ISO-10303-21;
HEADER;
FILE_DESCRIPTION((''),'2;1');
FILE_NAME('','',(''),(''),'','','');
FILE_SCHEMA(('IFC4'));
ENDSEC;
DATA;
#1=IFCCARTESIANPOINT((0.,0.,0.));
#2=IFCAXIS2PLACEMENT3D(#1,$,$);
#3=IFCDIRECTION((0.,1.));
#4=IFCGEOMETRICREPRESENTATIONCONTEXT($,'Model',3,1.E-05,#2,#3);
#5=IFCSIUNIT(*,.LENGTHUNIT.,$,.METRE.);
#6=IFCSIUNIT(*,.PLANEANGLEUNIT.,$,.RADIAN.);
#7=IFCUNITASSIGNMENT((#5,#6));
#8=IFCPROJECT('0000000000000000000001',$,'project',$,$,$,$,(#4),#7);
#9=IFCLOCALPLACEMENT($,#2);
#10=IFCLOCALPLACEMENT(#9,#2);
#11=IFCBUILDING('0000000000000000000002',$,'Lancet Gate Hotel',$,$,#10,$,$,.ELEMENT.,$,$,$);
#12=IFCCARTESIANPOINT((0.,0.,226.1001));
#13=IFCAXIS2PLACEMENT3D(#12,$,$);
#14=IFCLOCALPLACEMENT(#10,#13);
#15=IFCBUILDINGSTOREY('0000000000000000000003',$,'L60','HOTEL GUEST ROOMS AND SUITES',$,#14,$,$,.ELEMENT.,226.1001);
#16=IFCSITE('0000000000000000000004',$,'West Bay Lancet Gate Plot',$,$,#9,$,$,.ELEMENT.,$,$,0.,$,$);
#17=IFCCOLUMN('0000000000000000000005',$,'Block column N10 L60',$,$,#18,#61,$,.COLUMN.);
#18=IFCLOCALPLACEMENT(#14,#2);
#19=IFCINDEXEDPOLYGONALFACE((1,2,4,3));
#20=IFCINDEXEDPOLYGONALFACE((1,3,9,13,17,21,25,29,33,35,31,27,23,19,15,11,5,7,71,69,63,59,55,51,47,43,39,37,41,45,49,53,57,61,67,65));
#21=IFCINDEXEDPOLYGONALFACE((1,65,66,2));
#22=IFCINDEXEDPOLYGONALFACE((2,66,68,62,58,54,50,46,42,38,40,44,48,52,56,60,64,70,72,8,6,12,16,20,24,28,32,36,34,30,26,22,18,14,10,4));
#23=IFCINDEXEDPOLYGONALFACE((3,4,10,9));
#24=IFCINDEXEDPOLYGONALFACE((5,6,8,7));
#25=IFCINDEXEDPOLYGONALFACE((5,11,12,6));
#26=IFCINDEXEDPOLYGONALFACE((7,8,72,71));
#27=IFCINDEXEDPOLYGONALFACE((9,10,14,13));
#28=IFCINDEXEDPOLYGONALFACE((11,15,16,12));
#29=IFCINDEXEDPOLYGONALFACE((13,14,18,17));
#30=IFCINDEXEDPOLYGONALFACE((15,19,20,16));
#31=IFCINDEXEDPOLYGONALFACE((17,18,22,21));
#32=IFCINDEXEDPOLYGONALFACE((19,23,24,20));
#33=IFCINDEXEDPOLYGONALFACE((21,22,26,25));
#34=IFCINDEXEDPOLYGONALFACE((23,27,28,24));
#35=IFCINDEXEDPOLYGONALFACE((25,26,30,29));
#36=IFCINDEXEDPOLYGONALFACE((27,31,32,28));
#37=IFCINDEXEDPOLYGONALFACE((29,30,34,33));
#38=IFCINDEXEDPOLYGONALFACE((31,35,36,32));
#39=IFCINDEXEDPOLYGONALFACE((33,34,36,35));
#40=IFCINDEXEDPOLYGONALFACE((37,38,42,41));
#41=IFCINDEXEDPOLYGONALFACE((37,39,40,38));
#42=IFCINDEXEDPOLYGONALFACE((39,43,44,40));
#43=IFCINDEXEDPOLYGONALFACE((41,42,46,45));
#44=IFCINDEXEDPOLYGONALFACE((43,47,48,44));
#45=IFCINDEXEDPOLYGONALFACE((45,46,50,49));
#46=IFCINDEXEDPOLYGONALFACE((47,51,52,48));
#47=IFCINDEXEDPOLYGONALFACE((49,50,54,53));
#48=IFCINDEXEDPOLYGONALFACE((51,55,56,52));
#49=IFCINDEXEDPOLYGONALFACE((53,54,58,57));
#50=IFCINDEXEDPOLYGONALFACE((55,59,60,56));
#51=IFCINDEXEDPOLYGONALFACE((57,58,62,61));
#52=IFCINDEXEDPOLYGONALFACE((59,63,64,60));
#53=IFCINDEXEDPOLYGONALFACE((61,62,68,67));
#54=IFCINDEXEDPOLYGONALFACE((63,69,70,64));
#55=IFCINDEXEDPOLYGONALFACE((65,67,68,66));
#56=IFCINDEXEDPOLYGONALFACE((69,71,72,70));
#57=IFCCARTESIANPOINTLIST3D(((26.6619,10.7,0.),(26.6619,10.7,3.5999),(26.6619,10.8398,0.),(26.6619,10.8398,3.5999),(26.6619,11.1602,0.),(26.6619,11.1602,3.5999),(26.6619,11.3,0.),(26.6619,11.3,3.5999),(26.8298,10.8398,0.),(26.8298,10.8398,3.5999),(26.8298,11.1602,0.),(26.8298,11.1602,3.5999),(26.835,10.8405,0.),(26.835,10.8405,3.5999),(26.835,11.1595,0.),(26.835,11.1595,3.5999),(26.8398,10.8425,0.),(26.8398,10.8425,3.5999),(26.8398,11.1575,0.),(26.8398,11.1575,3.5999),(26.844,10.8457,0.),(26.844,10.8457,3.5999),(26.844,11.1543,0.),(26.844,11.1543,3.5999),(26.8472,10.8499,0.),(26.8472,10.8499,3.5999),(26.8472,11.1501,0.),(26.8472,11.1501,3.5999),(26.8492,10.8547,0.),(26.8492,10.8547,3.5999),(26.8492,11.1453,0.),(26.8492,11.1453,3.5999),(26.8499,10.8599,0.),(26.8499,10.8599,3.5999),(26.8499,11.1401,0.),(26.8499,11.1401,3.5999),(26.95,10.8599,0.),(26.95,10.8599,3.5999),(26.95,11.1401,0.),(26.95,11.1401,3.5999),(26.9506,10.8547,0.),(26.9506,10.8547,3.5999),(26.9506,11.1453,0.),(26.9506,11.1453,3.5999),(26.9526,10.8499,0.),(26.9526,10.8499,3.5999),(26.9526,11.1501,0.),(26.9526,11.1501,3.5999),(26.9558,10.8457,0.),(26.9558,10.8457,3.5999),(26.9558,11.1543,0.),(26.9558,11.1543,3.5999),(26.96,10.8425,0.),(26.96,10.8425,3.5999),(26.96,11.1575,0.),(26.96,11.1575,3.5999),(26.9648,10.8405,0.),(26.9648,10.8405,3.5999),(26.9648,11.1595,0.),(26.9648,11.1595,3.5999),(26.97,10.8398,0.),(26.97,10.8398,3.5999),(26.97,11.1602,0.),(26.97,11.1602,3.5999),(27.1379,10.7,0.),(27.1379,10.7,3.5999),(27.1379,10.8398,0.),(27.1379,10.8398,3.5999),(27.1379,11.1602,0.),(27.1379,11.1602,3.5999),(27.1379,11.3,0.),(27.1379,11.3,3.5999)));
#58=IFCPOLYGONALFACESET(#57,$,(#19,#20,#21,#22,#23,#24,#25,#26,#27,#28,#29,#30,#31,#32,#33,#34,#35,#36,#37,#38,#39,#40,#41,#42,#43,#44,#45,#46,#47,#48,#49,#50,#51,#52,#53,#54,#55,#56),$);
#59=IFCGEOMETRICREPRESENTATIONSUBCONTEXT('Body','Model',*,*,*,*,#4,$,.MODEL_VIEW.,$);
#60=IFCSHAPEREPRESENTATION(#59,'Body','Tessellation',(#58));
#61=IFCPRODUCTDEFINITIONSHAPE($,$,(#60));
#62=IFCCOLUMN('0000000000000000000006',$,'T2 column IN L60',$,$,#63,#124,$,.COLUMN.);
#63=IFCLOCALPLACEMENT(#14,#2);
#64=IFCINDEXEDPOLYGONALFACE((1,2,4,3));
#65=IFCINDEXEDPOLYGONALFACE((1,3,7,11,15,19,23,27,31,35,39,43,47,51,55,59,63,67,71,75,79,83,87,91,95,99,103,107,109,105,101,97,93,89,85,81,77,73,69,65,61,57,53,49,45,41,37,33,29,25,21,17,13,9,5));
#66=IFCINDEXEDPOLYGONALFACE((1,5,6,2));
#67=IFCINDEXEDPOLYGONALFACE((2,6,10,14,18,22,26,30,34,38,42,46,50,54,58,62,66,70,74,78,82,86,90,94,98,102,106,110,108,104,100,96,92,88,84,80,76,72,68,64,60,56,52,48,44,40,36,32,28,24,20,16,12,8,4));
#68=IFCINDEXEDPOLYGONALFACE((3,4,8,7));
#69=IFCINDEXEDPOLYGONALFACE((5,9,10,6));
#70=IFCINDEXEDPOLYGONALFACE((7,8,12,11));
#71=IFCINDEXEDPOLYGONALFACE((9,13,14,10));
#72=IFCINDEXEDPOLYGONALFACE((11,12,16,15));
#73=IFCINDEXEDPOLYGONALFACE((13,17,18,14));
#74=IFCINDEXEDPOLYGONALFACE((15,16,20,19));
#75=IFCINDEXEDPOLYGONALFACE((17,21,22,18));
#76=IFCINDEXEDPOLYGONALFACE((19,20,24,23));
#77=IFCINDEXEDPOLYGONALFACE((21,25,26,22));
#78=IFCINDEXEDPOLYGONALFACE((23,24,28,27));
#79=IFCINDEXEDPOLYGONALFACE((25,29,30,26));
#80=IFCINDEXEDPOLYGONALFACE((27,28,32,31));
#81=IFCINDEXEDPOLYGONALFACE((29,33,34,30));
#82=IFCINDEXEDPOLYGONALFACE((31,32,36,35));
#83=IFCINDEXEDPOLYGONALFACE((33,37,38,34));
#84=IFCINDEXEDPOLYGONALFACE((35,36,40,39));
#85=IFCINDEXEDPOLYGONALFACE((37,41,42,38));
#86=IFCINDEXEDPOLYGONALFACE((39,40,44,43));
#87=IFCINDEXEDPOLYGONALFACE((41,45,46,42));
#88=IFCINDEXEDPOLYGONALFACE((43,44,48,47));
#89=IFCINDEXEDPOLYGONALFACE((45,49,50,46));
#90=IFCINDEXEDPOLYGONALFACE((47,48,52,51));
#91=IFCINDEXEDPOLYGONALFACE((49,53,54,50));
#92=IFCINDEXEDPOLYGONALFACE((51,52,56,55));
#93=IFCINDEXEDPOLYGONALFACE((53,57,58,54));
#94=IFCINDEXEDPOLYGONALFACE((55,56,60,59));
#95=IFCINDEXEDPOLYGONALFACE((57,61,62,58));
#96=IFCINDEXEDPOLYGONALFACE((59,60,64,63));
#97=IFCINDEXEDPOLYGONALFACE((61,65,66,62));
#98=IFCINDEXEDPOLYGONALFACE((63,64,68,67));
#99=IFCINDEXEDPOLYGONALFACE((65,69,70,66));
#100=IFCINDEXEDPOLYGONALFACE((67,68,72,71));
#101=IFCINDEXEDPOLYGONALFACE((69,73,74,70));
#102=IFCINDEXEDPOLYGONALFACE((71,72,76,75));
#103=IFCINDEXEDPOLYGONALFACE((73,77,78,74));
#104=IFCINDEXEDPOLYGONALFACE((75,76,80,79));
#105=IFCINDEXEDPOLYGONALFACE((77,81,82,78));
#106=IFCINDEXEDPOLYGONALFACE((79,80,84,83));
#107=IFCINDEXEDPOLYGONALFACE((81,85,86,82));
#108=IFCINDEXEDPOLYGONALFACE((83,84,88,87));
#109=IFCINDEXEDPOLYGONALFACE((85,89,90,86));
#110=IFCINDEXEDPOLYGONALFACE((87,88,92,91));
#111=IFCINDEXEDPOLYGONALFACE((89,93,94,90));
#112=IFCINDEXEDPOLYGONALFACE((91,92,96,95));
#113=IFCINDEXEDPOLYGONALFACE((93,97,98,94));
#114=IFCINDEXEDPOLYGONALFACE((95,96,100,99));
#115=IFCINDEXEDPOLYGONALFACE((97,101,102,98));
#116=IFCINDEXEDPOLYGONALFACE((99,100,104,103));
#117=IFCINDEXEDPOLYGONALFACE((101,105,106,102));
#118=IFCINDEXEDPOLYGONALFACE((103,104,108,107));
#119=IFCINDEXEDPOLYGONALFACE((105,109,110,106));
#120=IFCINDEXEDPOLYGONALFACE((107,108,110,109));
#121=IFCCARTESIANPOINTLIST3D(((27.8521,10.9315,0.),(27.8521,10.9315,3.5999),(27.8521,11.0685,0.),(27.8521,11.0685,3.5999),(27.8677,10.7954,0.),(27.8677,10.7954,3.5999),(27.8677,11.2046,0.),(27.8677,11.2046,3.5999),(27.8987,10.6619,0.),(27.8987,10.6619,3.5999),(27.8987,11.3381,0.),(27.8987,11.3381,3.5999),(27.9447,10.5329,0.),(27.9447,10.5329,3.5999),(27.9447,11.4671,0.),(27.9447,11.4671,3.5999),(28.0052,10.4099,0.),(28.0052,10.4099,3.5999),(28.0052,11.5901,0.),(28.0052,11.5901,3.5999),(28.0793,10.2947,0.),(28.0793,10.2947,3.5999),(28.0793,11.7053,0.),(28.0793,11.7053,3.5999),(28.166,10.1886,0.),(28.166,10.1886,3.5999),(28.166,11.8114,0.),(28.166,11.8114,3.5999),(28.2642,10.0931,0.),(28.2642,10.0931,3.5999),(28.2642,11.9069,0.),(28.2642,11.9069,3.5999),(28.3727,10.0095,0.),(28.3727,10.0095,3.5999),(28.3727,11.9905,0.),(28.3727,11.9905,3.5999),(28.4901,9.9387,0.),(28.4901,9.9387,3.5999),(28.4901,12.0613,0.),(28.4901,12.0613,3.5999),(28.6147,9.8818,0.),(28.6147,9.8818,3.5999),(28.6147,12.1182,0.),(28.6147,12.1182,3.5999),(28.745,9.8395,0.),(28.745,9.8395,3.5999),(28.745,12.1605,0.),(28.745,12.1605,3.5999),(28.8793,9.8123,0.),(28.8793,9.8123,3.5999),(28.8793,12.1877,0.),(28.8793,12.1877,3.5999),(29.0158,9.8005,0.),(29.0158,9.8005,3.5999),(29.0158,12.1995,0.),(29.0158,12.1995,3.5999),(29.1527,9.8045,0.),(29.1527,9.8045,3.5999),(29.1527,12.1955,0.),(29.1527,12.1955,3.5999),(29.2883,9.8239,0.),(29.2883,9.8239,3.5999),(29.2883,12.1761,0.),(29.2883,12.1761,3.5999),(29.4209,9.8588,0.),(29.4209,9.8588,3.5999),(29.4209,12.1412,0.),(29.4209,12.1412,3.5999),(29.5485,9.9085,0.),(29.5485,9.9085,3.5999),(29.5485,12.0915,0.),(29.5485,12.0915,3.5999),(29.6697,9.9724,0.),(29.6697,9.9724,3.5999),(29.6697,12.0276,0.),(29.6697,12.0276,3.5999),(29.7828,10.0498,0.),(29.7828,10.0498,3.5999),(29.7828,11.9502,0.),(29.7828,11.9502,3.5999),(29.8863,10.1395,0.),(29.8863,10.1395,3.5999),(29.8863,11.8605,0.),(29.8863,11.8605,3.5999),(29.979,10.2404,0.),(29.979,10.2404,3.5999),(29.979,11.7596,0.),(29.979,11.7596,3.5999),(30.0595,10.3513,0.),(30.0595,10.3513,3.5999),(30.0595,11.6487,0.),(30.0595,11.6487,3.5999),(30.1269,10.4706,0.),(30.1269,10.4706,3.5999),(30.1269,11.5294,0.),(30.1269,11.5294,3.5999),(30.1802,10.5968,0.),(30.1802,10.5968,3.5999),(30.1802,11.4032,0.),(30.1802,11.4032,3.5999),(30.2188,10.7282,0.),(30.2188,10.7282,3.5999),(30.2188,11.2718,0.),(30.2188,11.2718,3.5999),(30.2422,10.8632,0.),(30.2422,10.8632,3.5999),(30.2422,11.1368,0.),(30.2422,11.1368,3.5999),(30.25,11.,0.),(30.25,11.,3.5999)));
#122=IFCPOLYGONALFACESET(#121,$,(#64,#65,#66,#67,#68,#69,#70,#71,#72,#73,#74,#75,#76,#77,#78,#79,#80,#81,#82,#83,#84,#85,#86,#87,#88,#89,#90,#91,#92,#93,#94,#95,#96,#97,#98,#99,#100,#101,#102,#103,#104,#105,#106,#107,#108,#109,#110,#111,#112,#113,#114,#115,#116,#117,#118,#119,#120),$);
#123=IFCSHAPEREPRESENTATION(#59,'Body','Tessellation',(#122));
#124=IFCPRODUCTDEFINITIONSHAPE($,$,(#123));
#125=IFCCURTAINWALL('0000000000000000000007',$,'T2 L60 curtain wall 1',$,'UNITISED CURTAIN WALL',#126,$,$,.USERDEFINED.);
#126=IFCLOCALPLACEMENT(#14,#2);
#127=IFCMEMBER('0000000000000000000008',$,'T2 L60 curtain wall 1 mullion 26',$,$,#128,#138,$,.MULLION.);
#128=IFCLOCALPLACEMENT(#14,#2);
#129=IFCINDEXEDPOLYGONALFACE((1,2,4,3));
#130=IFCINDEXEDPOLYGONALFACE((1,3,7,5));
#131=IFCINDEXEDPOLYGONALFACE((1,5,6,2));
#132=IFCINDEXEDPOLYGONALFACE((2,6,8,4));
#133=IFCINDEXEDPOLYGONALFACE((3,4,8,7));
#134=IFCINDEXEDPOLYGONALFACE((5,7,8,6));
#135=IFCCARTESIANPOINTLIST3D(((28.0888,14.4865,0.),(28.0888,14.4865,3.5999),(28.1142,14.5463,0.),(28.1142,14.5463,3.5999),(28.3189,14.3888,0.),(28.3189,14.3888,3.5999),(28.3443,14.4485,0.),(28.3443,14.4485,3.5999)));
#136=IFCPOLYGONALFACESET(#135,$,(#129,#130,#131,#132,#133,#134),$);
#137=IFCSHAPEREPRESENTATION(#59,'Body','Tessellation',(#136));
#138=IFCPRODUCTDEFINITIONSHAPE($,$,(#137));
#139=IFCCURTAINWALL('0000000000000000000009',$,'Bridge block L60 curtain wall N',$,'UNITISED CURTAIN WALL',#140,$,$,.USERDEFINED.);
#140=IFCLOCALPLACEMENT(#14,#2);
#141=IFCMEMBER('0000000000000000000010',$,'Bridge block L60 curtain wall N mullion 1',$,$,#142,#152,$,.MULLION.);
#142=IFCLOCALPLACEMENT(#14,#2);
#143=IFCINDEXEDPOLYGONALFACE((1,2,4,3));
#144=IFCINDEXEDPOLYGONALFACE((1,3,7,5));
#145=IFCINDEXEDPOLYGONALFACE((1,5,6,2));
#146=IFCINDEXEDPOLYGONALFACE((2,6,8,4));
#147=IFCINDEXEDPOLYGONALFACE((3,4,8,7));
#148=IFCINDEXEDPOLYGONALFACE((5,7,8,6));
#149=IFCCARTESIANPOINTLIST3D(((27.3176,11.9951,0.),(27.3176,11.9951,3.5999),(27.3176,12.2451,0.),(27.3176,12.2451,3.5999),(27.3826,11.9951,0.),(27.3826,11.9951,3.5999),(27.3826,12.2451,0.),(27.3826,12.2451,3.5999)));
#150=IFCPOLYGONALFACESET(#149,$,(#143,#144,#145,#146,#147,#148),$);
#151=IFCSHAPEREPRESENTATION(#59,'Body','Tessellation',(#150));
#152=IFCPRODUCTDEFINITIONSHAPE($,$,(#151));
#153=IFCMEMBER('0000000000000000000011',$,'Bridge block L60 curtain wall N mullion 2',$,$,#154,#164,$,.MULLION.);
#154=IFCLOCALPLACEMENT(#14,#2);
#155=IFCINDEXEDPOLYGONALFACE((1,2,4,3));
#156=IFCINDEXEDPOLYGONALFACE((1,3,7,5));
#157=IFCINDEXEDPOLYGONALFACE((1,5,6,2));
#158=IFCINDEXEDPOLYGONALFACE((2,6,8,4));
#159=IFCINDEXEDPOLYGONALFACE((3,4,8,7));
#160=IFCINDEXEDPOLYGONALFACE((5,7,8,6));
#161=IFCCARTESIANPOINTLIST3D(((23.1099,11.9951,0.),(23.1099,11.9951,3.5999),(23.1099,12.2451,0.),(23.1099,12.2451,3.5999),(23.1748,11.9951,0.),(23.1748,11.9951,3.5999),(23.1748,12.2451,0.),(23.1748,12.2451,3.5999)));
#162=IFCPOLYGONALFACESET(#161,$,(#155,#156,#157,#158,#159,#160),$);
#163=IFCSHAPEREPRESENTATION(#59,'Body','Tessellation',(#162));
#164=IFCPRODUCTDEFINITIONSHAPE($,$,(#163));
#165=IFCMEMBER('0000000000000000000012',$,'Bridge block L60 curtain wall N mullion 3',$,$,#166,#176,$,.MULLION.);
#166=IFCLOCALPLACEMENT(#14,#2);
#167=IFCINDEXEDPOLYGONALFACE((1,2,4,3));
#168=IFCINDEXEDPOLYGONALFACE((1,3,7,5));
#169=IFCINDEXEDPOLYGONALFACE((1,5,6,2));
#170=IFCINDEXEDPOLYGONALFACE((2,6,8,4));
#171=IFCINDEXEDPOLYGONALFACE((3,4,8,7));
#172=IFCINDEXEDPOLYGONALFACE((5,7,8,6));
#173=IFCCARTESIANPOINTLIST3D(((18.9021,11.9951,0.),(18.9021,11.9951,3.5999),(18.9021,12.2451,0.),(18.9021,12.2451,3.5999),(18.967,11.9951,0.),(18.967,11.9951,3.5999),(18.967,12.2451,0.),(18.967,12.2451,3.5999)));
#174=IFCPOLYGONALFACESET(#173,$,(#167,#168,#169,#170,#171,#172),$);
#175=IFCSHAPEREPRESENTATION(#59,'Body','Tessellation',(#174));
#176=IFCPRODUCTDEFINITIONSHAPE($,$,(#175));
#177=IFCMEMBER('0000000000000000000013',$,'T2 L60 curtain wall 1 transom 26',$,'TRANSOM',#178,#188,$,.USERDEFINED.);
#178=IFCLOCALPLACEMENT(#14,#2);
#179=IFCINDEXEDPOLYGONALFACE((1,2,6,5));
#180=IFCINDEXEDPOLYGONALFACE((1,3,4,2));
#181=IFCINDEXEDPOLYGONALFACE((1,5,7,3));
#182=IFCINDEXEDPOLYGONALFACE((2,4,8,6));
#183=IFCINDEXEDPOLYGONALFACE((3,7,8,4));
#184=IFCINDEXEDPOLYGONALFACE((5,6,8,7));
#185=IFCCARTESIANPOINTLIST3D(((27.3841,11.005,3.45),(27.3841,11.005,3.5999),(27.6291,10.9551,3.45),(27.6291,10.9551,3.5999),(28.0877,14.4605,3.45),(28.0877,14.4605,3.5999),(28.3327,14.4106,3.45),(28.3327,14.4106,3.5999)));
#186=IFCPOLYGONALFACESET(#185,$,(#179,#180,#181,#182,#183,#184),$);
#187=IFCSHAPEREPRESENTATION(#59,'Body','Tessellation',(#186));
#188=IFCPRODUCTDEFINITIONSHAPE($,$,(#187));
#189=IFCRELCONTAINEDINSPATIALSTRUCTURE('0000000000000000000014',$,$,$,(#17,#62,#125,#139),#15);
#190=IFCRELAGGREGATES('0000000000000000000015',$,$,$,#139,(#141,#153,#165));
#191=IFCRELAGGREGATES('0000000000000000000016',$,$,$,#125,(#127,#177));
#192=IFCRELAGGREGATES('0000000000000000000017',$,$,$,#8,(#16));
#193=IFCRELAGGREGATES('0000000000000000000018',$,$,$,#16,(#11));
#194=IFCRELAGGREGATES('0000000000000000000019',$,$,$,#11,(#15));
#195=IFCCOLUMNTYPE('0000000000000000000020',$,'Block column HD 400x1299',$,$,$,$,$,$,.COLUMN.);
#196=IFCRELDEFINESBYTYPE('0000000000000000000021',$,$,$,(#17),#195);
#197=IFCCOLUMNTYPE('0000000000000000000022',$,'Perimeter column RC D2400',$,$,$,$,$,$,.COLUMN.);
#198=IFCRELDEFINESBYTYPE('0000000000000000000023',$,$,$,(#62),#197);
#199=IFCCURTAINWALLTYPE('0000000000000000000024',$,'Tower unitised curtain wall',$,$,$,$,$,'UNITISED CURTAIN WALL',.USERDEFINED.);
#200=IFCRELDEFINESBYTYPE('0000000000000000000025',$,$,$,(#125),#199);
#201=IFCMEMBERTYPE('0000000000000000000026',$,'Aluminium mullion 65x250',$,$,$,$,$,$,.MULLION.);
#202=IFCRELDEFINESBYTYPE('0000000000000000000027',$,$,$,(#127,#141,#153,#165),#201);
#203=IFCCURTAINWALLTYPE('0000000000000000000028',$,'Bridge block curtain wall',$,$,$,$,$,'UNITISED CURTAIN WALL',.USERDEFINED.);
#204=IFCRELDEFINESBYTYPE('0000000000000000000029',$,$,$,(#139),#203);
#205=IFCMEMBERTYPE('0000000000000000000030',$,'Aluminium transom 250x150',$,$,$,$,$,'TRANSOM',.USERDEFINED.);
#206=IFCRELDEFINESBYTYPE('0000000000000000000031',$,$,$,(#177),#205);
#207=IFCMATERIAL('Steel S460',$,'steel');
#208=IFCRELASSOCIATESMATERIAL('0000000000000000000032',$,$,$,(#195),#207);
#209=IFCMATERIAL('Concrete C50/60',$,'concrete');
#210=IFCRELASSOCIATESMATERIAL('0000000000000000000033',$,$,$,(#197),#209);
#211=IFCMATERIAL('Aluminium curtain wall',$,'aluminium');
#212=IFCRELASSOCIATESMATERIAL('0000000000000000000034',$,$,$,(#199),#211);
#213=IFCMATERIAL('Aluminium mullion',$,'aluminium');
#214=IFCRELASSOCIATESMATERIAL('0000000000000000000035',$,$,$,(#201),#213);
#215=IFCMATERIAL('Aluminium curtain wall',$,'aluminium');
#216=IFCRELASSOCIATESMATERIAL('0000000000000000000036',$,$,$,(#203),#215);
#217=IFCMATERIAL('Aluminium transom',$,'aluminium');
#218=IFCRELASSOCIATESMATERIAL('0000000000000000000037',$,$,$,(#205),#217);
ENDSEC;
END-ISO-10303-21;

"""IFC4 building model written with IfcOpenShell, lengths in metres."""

from ifc_helpers import new_model, si_unit, direction, frame, origin, origin_2d, place, context, subcontext, project, spatial, rectangle, circle, i_section, extrude, material, material_profile, profile_set, type_object, element, aggregate, save


model = new_model("IFC4")

# Units and contexts
model_context = context("Model", 3, precision=1e-05, world=origin(), true_north=direction((0.0, 1.0)))
body_context = subcontext(model_context, "Body", "Model", "MODEL_VIEW")
ifc_project = project(units=[si_unit("LENGTHUNIT", "METRE"), si_unit("PLANEANGLEUNIT", "RADIAN")], contexts=[model_context])

# Site, building, storey
site_placement = place(None, origin())
site = spatial("IfcSite", under=ifc_project, at=site_placement, Name="West Bay Lancet Gate Plot", CompositionType="ELEMENT", RefElevation=0.0)
building_placement = place(site_placement, origin())
building = spatial("IfcBuilding", under=site, at=building_placement, Name="Lancet Gate Hotel", CompositionType="ELEMENT")
storey_placement = place(building_placement, frame((0.0, 0.0, 226.1001)))
storey = spatial("IfcBuildingStorey", under=building, at=storey_placement, Name="L60", Description="HOTEL GUEST ROOMS AND SUITES", CompositionType="ELEMENT", Elevation=226.1001)

# Columns
ifc_material_1 = material(Name="Steel S460", Category="steel")
ifc_material_profile_1 = material_profile(ifc_material_1, i_section(OverallWidth=0.4761, OverallDepth=0.6001, WebThickness=0.1001, FlangeThickness=0.1399, FilletRadius=0.02, at=origin_2d()), Name="HD 400x1299")
ifc_profile_set_1 = profile_set([ifc_material_profile_1], Name="Steel S460")
column_type_1 = type_object("IfcColumnType", Name="Block column HD 400x1299", PredefinedType="COLUMN", material=ifc_profile_set_1)
column_1_placement = place(storey_placement, frame((26.8999, 11.0, 0.0), z_axis=(0.0, 0.0, 1.0), x_axis=(1.0, 0.0, 0.0)))
element("IfcColumn", 1, at=column_1_placement, inside=storey, type_object=column_type_1, Name="Block column N10 L60", PredefinedType="COLUMN", context=body_context, shape_type="SweptSolid", body=[
    extrude(i_section(OverallWidth=0.4761, OverallDepth=0.6001, WebThickness=0.1001, FlangeThickness=0.1399, FilletRadius=0.02, at=origin_2d()), origin(), (0.0, 0.0, 1.0), 3.5999),
])
ifc_material_2 = material(Name="Concrete C50/60", Category="concrete")
ifc_material_profile_2 = material_profile(ifc_material_2, circle(Radius=1.2, at=origin_2d()), Name="RC D2400")
ifc_profile_set_2 = profile_set([ifc_material_profile_2], Name="Concrete C50/60")
column_type_2 = type_object("IfcColumnType", Name="Perimeter column RC D2400", PredefinedType="COLUMN", material=ifc_profile_set_2)
column_2_placement = place(storey_placement, frame((29.05, 11.0, 0.0), z_axis=(0.0, 0.0, 1.0), x_axis=(1.0, 0.0, 0.0)))
element("IfcColumn", 2, at=column_2_placement, inside=storey, type_object=column_type_2, Name="T2 column IN L60", PredefinedType="COLUMN", context=body_context, shape_type="SweptSolid", body=[
    extrude(circle(Radius=1.2, at=origin_2d()), origin(), (0.0, 0.0, 1.0), 3.5999),
])

# Curtain wall, member
ifc_material_3 = material(Name="Aluminium curtain wall", Category="aluminium")
curtain_wall_type_1 = type_object("IfcCurtainWallType", Name="Tower unitised curtain wall", ElementType="UNITISED CURTAIN WALL", PredefinedType="USERDEFINED", material=ifc_material_3)
curtain_wall_1_placement = place(storey_placement, origin())
curtain_wall_1 = element("IfcCurtainWall", 3, at=curtain_wall_1_placement, inside=storey, type_object=curtain_wall_type_1, Name="T2 L60 curtain wall 1", ObjectType="UNITISED CURTAIN WALL", PredefinedType="USERDEFINED")
ifc_material_4 = material(Name="Aluminium mullion", Category="aluminium")
ifc_material_profile_3 = material_profile(ifc_material_4, rectangle(XDim=0.0649, YDim=0.25, at=origin_2d()), Name="MULLION 65x250")
ifc_profile_set_3 = profile_set([ifc_material_profile_3], Name="Aluminium mullion")
member_type_1 = type_object("IfcMemberType", Name="Aluminium mullion 65x250", PredefinedType="MULLION", material=ifc_profile_set_3)
member_1_placement = place(storey_placement, frame((28.2166, 14.4675, 0.0), z_axis=(0.0, 0.0, 1.0), x_axis=(-0.391042, -0.920373, 0.0)))
member_1 = element("IfcMember", 4, at=member_1_placement, type_object=member_type_1, Name="T2 L60 curtain wall 1 mullion 26", PredefinedType="MULLION", context=body_context, shape_type="SweptSolid", body=[
    extrude(rectangle(XDim=0.0649, YDim=0.25, at=origin_2d()), origin(), (0.0, 0.0, 1.0), 3.5999),
])

# Curtain wall, members
ifc_material_5 = material(Name="Aluminium curtain wall", Category="aluminium")
curtain_wall_type_2 = type_object("IfcCurtainWallType", Name="Bridge block curtain wall", ElementType="UNITISED CURTAIN WALL", PredefinedType="USERDEFINED", material=ifc_material_5)
curtain_wall_2_placement = place(storey_placement, origin())
curtain_wall_2 = element("IfcCurtainWall", 5, at=curtain_wall_2_placement, inside=storey, type_object=curtain_wall_type_2, Name="Bridge block L60 curtain wall N", ObjectType="UNITISED CURTAIN WALL", PredefinedType="USERDEFINED")
member_2_placement = place(storey_placement, frame((27.3501, 12.1201, 0.0), z_axis=(0.0, 0.0, 1.0), x_axis=(-1.0, 0.0, 0.0)))
member_2 = element("IfcMember", 6, at=member_2_placement, type_object=member_type_1, Name="Bridge block L60 curtain wall N mullion 1", PredefinedType="MULLION", context=body_context, shape_type="SweptSolid", body=[
    extrude(rectangle(XDim=0.0649, YDim=0.25, at=origin_2d()), origin(), (0.0, 0.0, 1.0), 3.5999),
])
member_3_placement = place(storey_placement, frame((23.1423, 12.1201, 0.0), z_axis=(0.0, 0.0, 1.0), x_axis=(-1.0, 0.0, 0.0)))
member_3 = element("IfcMember", 7, at=member_3_placement, type_object=member_type_1, Name="Bridge block L60 curtain wall N mullion 2", PredefinedType="MULLION", context=body_context, shape_type="SweptSolid", body=[
    extrude(rectangle(XDim=0.0649, YDim=0.25, at=origin_2d()), origin(), (0.0, 0.0, 1.0), 3.5999),
])
member_4_placement = place(storey_placement, frame((18.9346, 12.1201, 0.0), z_axis=(0.0, 0.0, 1.0), x_axis=(-1.0, 0.0, 0.0)))
member_4 = element("IfcMember", 8, at=member_4_placement, type_object=member_type_1, Name="Bridge block L60 curtain wall N mullion 3", PredefinedType="MULLION", context=body_context, shape_type="SweptSolid", body=[
    extrude(rectangle(XDim=0.0649, YDim=0.25, at=origin_2d()), origin(), (0.0, 0.0, 1.0), 3.5999),
])

# Member
ifc_material_6 = material(Name="Aluminium transom", Category="aluminium")
ifc_material_profile_4 = material_profile(ifc_material_6, rectangle(XDim=0.25, YDim=0.1499, at=origin_2d()), Name="TRANSOM 250x150")
ifc_profile_set_4 = profile_set([ifc_material_profile_4], Name="Aluminium transom")
member_type_2 = type_object("IfcMemberType", Name="Aluminium transom 250x150", ElementType="TRANSOM", PredefinedType="USERDEFINED", material=ifc_profile_set_4)
member_5_placement = place(storey_placement, frame((28.2102, 14.4355, 3.5249), z_axis=(-0.199523, -0.979893, 0.0), x_axis=(0.979893, -0.199523, 0.0)))
member_5 = element("IfcMember", 9, at=member_5_placement, type_object=member_type_2, Name="T2 L60 curtain wall 1 transom 26", ObjectType="TRANSOM", PredefinedType="USERDEFINED", context=body_context, shape_type="SweptSolid", body=[
    extrude(rectangle(XDim=0.25, YDim=0.1499, at=origin_2d()), origin(), (0.0, 0.0, 1.0), 3.5264),
])

aggregate(curtain_wall_2, [member_2, member_3, member_4])
aggregate(curtain_wall_1, [member_1, member_5])

save(model, "model.ifc")
